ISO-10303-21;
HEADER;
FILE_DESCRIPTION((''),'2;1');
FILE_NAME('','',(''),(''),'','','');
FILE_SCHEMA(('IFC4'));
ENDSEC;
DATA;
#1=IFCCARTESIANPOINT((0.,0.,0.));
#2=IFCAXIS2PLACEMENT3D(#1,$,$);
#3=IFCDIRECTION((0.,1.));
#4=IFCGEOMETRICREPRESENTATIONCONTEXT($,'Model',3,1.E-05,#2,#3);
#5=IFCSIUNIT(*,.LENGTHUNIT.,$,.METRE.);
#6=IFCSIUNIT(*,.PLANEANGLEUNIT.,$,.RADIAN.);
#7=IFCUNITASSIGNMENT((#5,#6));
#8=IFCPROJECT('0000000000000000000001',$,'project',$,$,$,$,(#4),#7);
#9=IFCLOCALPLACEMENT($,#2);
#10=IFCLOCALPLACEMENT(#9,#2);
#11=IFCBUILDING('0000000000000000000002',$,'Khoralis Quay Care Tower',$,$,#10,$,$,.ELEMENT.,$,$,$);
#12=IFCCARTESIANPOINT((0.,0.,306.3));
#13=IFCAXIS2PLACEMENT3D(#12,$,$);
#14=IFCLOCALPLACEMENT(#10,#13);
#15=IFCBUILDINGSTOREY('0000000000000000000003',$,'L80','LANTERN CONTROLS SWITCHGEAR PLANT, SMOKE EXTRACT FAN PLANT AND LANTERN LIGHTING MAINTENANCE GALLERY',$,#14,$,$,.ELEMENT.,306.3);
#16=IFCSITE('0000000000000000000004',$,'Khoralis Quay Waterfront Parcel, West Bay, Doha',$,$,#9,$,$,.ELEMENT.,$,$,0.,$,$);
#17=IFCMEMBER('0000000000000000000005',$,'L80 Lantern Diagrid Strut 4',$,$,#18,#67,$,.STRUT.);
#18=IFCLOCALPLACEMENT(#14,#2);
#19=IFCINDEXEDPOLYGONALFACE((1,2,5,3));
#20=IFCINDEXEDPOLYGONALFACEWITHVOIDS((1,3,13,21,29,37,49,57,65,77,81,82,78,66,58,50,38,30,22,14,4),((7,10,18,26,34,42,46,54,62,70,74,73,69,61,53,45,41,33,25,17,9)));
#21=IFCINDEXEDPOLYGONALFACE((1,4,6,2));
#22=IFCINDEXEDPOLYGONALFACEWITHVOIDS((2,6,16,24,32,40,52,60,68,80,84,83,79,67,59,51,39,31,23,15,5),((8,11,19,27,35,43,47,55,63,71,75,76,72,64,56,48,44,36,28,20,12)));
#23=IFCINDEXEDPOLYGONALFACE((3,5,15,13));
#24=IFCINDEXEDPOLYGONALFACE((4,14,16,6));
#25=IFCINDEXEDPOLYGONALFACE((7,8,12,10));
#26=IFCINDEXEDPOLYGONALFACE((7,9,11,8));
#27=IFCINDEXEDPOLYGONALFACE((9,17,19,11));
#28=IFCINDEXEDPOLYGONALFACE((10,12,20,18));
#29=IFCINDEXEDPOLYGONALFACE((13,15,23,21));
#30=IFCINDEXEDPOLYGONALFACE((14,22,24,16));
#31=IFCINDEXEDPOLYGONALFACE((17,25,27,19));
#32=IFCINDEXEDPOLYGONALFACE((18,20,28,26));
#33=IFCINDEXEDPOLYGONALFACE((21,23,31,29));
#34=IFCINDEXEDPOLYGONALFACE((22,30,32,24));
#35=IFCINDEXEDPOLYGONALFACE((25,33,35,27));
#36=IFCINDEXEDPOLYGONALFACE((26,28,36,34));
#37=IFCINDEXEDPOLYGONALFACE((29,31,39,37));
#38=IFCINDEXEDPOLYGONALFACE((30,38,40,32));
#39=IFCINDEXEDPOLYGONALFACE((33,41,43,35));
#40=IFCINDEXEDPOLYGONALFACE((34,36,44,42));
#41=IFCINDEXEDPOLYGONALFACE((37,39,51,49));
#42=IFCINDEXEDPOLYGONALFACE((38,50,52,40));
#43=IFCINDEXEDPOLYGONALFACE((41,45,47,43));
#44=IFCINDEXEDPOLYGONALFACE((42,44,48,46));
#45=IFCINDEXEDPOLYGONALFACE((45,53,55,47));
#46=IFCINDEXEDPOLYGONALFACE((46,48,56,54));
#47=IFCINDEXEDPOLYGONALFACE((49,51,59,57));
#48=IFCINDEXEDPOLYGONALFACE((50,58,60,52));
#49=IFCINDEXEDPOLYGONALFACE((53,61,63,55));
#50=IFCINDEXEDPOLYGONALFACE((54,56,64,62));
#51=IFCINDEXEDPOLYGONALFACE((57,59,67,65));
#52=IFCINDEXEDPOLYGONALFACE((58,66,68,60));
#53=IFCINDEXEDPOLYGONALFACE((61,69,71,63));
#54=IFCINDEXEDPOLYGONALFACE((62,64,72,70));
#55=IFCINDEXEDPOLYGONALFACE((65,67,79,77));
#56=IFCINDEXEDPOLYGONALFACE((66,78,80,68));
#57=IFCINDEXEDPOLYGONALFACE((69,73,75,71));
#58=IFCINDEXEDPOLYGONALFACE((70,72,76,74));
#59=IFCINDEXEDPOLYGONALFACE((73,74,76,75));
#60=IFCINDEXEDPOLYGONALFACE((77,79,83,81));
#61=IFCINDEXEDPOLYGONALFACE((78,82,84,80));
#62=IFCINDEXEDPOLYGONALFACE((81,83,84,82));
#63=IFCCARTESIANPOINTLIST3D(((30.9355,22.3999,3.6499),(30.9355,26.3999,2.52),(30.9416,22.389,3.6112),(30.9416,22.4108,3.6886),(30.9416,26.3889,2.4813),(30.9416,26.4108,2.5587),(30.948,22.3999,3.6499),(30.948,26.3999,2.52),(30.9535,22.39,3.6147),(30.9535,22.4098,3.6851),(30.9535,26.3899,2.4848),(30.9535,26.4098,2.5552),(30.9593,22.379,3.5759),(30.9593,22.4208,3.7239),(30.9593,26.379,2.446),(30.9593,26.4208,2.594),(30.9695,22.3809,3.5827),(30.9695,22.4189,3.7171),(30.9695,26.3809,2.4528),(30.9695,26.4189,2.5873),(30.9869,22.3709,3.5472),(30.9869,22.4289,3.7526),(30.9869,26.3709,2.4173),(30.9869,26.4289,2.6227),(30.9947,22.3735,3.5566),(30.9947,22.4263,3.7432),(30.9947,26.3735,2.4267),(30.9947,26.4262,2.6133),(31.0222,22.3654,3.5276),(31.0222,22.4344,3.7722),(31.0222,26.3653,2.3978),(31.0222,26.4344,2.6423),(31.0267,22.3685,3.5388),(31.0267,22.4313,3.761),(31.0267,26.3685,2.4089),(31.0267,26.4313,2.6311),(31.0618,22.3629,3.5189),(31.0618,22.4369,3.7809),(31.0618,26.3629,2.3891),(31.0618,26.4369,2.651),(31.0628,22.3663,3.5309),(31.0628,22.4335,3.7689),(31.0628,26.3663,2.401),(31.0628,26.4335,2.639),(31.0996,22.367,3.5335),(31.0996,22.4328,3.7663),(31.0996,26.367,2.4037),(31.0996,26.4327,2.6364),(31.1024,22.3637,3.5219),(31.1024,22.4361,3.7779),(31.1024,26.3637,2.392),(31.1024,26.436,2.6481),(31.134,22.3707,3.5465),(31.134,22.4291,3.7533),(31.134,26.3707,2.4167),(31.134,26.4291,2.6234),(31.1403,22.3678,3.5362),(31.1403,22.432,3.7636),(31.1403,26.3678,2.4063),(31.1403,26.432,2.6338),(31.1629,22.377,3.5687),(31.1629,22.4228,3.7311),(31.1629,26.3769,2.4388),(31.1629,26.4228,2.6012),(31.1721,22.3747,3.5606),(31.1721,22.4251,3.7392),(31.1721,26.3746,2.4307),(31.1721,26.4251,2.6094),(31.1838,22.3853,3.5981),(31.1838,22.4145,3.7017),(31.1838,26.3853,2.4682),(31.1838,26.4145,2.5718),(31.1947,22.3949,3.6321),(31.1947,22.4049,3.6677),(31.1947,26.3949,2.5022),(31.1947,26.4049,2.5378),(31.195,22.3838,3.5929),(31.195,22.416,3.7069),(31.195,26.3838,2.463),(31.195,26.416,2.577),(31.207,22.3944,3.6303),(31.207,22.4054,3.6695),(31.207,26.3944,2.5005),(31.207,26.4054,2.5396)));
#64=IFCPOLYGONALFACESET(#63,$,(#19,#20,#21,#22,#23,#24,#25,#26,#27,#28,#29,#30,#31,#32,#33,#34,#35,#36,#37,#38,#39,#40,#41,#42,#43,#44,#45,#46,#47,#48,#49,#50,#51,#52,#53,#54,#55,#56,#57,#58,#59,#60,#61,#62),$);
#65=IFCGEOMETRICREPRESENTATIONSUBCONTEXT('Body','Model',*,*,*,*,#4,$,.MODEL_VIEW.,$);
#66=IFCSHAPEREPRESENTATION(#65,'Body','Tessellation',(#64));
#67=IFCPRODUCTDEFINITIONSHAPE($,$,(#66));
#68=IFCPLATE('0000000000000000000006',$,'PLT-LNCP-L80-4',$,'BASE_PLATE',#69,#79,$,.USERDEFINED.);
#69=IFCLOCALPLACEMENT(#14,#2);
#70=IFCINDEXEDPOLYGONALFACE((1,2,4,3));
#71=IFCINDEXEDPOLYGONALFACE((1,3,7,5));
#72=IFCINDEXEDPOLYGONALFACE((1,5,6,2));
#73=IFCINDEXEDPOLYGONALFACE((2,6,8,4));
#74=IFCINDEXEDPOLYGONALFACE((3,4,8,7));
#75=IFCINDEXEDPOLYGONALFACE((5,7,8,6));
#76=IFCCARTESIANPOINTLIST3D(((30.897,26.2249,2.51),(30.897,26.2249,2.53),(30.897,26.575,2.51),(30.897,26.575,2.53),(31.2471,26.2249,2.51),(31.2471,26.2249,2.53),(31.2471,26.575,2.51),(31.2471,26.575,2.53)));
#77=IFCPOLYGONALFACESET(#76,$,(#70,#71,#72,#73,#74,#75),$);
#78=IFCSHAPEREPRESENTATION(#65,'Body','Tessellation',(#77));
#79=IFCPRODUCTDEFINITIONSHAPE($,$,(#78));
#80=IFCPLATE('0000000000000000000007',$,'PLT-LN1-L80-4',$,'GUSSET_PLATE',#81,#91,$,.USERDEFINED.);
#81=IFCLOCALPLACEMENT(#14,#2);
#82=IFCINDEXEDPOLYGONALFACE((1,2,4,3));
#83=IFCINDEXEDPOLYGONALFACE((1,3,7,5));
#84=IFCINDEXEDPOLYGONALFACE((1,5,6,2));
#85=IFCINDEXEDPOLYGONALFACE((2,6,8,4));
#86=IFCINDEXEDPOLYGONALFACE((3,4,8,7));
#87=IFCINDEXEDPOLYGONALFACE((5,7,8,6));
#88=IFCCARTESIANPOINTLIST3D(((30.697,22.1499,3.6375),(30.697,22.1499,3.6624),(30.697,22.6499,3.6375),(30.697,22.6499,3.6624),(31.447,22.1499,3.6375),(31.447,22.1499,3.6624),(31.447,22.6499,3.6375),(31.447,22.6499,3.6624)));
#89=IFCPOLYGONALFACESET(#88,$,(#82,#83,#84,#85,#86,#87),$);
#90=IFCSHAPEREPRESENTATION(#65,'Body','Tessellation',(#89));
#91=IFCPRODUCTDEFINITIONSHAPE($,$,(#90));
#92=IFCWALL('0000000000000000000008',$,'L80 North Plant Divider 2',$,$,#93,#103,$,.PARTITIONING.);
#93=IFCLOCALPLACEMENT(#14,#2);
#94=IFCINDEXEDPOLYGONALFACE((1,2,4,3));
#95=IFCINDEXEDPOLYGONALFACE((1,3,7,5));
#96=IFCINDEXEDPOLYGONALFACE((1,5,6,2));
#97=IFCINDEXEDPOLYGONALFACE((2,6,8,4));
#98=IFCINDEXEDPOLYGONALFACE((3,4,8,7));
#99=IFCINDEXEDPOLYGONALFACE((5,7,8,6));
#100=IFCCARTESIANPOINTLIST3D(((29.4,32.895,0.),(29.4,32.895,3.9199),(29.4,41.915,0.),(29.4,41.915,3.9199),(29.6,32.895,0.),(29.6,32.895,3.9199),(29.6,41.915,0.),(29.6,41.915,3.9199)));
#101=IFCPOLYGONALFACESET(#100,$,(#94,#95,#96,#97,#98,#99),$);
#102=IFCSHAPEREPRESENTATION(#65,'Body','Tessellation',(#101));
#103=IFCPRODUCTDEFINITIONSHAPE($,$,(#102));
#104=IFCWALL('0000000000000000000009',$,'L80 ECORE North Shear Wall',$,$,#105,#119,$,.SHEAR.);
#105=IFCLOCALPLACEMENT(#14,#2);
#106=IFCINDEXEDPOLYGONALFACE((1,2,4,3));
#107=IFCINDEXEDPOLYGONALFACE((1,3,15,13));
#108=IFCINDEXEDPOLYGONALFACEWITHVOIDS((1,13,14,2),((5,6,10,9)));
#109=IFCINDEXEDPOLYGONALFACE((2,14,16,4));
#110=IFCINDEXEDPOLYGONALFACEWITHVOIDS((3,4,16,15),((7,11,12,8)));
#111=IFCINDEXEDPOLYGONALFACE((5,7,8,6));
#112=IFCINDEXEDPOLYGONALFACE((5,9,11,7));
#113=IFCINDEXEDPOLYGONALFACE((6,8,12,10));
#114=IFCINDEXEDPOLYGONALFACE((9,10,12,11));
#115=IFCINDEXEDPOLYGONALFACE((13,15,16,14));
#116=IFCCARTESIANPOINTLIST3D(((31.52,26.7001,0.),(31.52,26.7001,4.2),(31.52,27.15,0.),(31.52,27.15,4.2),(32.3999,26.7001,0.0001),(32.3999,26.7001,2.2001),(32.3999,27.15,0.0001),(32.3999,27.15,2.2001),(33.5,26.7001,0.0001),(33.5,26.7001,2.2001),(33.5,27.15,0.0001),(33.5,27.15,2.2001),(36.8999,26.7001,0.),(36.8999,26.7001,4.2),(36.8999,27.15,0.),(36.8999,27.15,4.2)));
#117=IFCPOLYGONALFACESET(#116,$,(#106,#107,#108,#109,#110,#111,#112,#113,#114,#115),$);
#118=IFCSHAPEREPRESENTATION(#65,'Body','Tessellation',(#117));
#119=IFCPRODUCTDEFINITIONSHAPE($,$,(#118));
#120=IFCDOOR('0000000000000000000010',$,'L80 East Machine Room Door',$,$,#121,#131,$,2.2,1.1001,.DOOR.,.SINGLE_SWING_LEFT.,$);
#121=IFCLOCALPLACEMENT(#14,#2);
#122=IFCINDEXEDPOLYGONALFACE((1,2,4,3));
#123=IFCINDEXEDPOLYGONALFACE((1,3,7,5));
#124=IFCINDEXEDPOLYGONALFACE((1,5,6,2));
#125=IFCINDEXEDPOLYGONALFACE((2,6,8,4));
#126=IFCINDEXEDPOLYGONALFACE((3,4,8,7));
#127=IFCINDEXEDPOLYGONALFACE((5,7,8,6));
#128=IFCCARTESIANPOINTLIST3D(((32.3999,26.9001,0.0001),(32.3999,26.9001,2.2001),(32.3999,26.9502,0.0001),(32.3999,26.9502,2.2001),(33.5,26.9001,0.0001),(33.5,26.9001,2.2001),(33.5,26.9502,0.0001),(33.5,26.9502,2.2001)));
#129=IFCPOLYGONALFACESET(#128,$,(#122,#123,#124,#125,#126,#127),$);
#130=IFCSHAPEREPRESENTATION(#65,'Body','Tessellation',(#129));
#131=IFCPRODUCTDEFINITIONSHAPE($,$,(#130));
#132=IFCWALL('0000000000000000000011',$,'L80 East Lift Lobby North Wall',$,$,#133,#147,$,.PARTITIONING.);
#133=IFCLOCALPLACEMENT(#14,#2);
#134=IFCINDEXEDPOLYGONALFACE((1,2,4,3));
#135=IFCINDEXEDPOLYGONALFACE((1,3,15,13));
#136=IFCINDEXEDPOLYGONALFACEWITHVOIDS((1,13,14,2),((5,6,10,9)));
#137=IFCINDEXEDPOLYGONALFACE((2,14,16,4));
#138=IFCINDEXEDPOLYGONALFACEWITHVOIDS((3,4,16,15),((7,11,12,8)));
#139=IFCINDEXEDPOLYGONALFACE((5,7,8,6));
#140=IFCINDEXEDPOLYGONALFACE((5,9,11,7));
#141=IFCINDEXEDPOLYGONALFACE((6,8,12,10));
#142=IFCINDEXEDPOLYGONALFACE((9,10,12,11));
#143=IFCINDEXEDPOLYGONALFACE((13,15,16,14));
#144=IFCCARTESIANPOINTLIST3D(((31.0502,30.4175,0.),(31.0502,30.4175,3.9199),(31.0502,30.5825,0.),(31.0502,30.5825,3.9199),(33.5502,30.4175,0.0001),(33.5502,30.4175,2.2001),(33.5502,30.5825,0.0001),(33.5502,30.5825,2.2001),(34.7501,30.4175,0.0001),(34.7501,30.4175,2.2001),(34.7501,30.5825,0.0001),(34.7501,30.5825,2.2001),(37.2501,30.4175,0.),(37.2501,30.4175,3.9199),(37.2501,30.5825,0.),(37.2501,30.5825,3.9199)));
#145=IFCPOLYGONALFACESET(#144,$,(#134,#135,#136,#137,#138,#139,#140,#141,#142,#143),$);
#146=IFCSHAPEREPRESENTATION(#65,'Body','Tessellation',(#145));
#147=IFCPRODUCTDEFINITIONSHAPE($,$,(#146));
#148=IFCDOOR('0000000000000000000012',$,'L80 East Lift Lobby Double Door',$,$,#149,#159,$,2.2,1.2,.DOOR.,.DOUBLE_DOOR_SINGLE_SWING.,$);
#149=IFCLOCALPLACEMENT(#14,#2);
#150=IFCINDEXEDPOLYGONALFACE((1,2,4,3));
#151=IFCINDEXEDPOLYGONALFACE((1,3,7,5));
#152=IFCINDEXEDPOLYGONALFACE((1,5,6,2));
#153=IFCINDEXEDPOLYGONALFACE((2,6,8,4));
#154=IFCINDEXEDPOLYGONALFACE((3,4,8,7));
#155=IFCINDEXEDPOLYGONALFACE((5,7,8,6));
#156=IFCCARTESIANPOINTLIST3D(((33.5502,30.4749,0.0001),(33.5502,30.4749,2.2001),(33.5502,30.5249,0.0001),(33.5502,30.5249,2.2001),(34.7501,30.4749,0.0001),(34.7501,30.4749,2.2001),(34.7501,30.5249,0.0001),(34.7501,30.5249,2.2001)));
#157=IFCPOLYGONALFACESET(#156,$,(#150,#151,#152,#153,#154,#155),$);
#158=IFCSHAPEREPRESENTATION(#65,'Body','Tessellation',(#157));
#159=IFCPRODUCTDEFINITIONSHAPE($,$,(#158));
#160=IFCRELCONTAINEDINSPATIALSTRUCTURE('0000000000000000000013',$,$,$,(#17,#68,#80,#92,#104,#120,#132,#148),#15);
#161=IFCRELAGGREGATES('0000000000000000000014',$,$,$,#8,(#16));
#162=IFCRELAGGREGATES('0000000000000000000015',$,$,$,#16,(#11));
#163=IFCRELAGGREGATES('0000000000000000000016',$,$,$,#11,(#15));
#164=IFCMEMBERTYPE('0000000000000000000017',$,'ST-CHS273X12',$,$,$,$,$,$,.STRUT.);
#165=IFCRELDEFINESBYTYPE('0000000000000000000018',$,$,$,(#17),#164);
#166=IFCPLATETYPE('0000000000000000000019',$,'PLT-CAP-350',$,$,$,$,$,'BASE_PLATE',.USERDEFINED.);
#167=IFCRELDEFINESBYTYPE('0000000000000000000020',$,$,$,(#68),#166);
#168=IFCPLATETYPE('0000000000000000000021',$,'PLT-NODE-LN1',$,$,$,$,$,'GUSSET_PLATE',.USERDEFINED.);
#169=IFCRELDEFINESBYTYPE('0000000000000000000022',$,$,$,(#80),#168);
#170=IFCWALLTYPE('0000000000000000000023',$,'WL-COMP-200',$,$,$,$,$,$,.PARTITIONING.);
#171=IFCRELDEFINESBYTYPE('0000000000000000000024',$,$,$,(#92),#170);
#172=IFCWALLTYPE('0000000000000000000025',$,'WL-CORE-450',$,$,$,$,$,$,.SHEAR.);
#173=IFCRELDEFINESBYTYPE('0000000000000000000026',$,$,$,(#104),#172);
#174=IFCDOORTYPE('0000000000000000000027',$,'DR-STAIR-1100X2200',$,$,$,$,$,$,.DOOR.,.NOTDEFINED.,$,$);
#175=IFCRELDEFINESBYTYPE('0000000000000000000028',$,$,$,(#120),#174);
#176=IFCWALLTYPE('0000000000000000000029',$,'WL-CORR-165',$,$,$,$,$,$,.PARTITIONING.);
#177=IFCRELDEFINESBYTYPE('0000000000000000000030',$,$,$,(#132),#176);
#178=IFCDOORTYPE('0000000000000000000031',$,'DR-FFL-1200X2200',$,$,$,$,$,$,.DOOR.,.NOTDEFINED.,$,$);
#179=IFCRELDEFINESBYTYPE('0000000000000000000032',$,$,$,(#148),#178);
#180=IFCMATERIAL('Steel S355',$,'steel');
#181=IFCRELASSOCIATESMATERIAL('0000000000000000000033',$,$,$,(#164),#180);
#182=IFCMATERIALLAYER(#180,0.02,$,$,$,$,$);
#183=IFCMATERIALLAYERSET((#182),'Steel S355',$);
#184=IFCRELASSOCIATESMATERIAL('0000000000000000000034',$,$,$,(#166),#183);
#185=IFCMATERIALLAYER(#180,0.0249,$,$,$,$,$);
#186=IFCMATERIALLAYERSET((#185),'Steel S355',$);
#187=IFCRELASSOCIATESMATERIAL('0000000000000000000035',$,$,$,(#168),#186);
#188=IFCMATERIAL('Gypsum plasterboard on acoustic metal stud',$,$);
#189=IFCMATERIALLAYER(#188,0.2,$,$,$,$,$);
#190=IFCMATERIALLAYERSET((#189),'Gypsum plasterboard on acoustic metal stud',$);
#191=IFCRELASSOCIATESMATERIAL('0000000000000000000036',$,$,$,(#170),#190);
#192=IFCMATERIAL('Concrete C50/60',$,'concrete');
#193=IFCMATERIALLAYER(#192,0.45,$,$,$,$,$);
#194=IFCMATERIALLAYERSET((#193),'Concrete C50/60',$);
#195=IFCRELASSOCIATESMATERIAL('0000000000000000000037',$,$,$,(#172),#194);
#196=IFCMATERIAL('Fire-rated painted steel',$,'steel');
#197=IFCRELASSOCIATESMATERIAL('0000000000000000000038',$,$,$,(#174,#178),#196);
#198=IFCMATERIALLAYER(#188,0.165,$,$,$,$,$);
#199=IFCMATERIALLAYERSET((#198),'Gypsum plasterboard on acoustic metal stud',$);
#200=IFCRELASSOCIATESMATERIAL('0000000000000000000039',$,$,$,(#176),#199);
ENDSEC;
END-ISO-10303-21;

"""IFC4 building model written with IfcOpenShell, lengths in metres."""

from ifc_helpers import new_model, si_unit, direction, frame, frame_2d, origin, origin_2d, place, context, subcontext, project, spatial, rectangle, hollow_circle, extrude, source, transform, mapped, material, layer, layer_set, material_profile, profile_set, type_object, element, fill, save


model = new_model("IFC4")

# Units and contexts
model_context = context("Model", 3, precision=1e-05, world=origin(), true_north=direction((0.0, 1.0)))
body_context = subcontext(model_context, "Body", "Model", "MODEL_VIEW")
ifc_project = project(units=[si_unit("LENGTHUNIT", "METRE"), si_unit("PLANEANGLEUNIT", "RADIAN")], contexts=[model_context])

# Site, building, storey
site_placement = place(None, origin())
site = spatial("IfcSite", under=ifc_project, at=site_placement, Name="Khoralis Quay Waterfront Parcel, West Bay, Doha", CompositionType="ELEMENT", RefElevation=0.0)
building_placement = place(site_placement, origin())
building = spatial("IfcBuilding", under=site, at=building_placement, Name="Khoralis Quay Care Tower", CompositionType="ELEMENT")
storey_placement = place(building_placement, frame((0.0, 0.0, 306.3)))
storey = spatial("IfcBuildingStorey", under=building, at=storey_placement, Name="L80", Description="LANTERN CONTROLS SWITCHGEAR PLANT, SMOKE EXTRACT FAN PLANT AND LANTERN LIGHTING MAINTENANCE GALLERY", CompositionType="ELEMENT", Elevation=306.3)

# Shared definitions
ifc_material_1 = material(Name="Concrete C50/60", Category="concrete")
ifc_material_2 = material(Name="Steel S355", Category="steel")

# Member
ifc_material_profile_1 = material_profile(ifc_material_2, hollow_circle(Radius=0.1365, WallThickness=0.0125, at=origin_2d()), Name="Steel S355")
ifc_profile_set_1 = profile_set([ifc_material_profile_1], Name="Steel S355")
member_type = type_object("IfcMemberType", Name="ST-CHS273X12", PredefinedType="STRUT", material=ifc_profile_set_1)
shared_shape_1 = source(origin(), body_context, "Body", "SweptSolid", [
    extrude(hollow_circle(Radius=0.1365, WallThickness=0.0125, at=origin_2d()), origin(), (0.0, 0.0, 1.0), 4.1565),
])
member_placement = place(storey_placement, frame((31.072, 22.3999, 3.6499), z_axis=(0.0, 0.962344, -0.271834), x_axis=(-1.0, 0.0, 0.0)))
element("IfcMember", 1, at=member_placement, inside=storey, type_object=member_type, Name="L80 Lantern Diagrid Strut 4", PredefinedType="STRUT", context=body_context, shape_type="MappedRepresentation", body=[
    mapped(shared_shape_1, transform((0.0, 0.0, 0.0), scale=1.0)),
])

# Plates
ifc_layer_1 = layer(ifc_material_2, 0.02)
ifc_layer_set_1 = layer_set([ifc_layer_1], Name="Steel S355")
plate_type_1 = type_object("IfcPlateType", Name="PLT-CAP-350", ElementType="BASE_PLATE", PredefinedType="USERDEFINED", material=ifc_layer_set_1)
shared_shape_2 = source(origin(), body_context, "Body", "SweptSolid", [
    extrude(rectangle(XDim=0.3501, YDim=0.3501, at=origin_2d()), origin(), (0.0, 0.0, 1.0), 0.02),
])
plate_1_placement = place(storey_placement, frame((31.072, 26.3999, 2.51), z_axis=(0.0, 0.0, 1.0), x_axis=(1.0, 0.0, 0.0)))
element("IfcPlate", 2, at=plate_1_placement, inside=storey, type_object=plate_type_1, Name="PLT-LNCP-L80-4", ObjectType="BASE_PLATE", PredefinedType="USERDEFINED", context=body_context, shape_type="MappedRepresentation", body=[
    mapped(shared_shape_2, transform((0.0, 0.0, 0.0), scale=1.0)),
])
ifc_layer_2 = layer(ifc_material_2, 0.0249)
ifc_layer_set_2 = layer_set([ifc_layer_2], Name="Steel S355")
plate_type_2 = type_object("IfcPlateType", Name="PLT-NODE-LN1", ElementType="GUSSET_PLATE", PredefinedType="USERDEFINED", material=ifc_layer_set_2)
shared_shape_3 = source(origin(), body_context, "Body", "SweptSolid", [
    extrude(rectangle(XDim=0.75, YDim=0.5, at=origin_2d()), origin(), (0.0, 0.0, 1.0), 0.0249),
])
plate_2_placement = place(storey_placement, frame((31.072, 22.3999, 3.6375), z_axis=(0.0, 0.0, 1.0), x_axis=(1.0, 0.0, 0.0)))
element("IfcPlate", 3, at=plate_2_placement, inside=storey, type_object=plate_type_2, Name="PLT-LN1-L80-4", ObjectType="GUSSET_PLATE", PredefinedType="USERDEFINED", context=body_context, shape_type="MappedRepresentation", body=[
    mapped(shared_shape_3, transform((0.0, 0.0, 0.0), scale=1.0)),
])

# Wall
ifc_material_3 = material(Name="Gypsum plasterboard on acoustic metal stud")
ifc_layer_3 = layer(ifc_material_3, 0.2)
ifc_layer_set_3 = layer_set([ifc_layer_3], Name="Gypsum plasterboard on acoustic metal stud")
wall_type_1 = type_object("IfcWallType", Name="WL-COMP-200", PredefinedType="PARTITIONING", material=ifc_layer_set_3)
wall_1_placement = place(storey_placement, frame((29.5, 32.895, 0.0), z_axis=(0.0, 0.0, 1.0), x_axis=(0.0, 1.0, 0.0)))
element("IfcWall", 4, at=wall_1_placement, inside=storey, type_object=wall_type_1, Name="L80 North Plant Divider 2", PredefinedType="PARTITIONING", context=body_context, shape_type="SweptSolid", body=[
    extrude(rectangle(XDim=9.02, YDim=0.2, at=frame_2d((4.51, 0.0))), origin(), (0.0, 0.0, 1.0), 3.9199),
])

# Walls, openings, doors
ifc_layer_4 = layer(ifc_material_1, 0.45)
ifc_layer_set_4 = layer_set([ifc_layer_4], Name="Concrete C50/60")
wall_type_2 = type_object("IfcWallType", Name="WL-CORE-450", PredefinedType="SHEAR", material=ifc_layer_set_4)
wall_2_placement = place(storey_placement, frame((31.52, 26.925, 0.0), z_axis=(0.0, 0.0, 1.0), x_axis=(1.0, 0.0, 0.0)))
wall_2 = element("IfcWall", 5, at=wall_2_placement, inside=storey, type_object=wall_type_2, Name="L80 ECORE North Shear Wall", PredefinedType="SHEAR", context=body_context, shape_type="SweptSolid", body=[
    extrude(rectangle(XDim=5.3799, YDim=0.45, at=frame_2d((2.6899, 0.0))), origin(), (0.0, 0.0, 1.0), 4.2),
])
opening_1_placement = place(wall_2_placement, frame((0.8799, 0.0, 0.0)))
opening_1 = element("IfcOpeningElement", 6, at=opening_1_placement, cuts=wall_2, PredefinedType="OPENING", context=body_context, shape_type="SweptSolid", body=[
    extrude(rectangle(XDim=1.1001, YDim=2.2, at=frame_2d((0.55, 1.1001))), frame((0.0, 0.2349, 0.0), z_axis=(0.0, -1.0, 0.0), x_axis=(1.0, 0.0, 0.0)), (0.0, 0.0, 1.0), 0.47),
])
ifc_material_4 = material(Name="Fire-rated painted steel", Category="steel")
door_type_1 = type_object("IfcDoorType", Name="DR-STAIR-1100X2200", OperationType="NOTDEFINED", PredefinedType="DOOR", material=ifc_material_4)
shared_shape_4 = source(origin(), body_context, "Body", "SweptSolid", [
    extrude(rectangle(XDim=1.1001, YDim=2.2, at=frame_2d((0.55, 1.1001))), frame((0.0, 0.0249, 0.0), z_axis=(0.0, -1.0, 0.0), x_axis=(1.0, 0.0, 0.0)), (0.0, 0.0, 1.0), 0.05),
])
door_1_placement = place(opening_1_placement, frame((1.1001, 0.0, 0.0), z_axis=(0.0, 0.0, 1.0), x_axis=(-1.0, 0.0, 0.0)))
door_1 = element("IfcDoor", 7, at=door_1_placement, inside=storey, type_object=door_type_1, Name="L80 East Machine Room Door", OperationType="SINGLE_SWING_LEFT", OverallHeight=2.2, OverallWidth=1.1001, PredefinedType="DOOR", context=body_context, shape_type="MappedRepresentation", body=[
    mapped(shared_shape_4, transform((0.0, 0.0, 0.0), scale=1.0)),
])
fill(opening_1, door_1)
ifc_layer_5 = layer(ifc_material_3, 0.165)
ifc_layer_set_5 = layer_set([ifc_layer_5], Name="Gypsum plasterboard on acoustic metal stud")
wall_type_3 = type_object("IfcWallType", Name="WL-CORR-165", PredefinedType="PARTITIONING", material=ifc_layer_set_5)
wall_3_placement = place(storey_placement, frame((31.05, 30.5, 0.0), z_axis=(0.0, 0.0, 1.0), x_axis=(1.0, 0.0, 0.0)))
wall_3 = element("IfcWall", 8, at=wall_3_placement, inside=storey, type_object=wall_type_3, Name="L80 East Lift Lobby North Wall", PredefinedType="PARTITIONING", context=body_context, shape_type="SweptSolid", body=[
    extrude(rectangle(XDim=6.2, YDim=0.165, at=frame_2d((3.1001, 0.0))), origin(), (0.0, 0.0, 1.0), 3.9199),
])
opening_2_placement = place(wall_3_placement, frame((2.5, 0.0, 0.0)))
opening_2 = element("IfcOpeningElement", 9, at=opening_2_placement, cuts=wall_3, PredefinedType="OPENING", context=body_context, shape_type="SweptSolid", body=[
    extrude(rectangle(XDim=1.2, YDim=2.2, at=frame_2d((0.6001, 1.1001))), frame((0.0, 0.0925, 0.0), z_axis=(0.0, -1.0, 0.0), x_axis=(1.0, 0.0, 0.0)), (0.0, 0.0, 1.0), 0.1851),
])
door_type_2 = type_object("IfcDoorType", Name="DR-FFL-1200X2200", OperationType="NOTDEFINED", PredefinedType="DOOR", material=ifc_material_4)
shared_shape_5 = source(origin(), body_context, "Body", "SweptSolid", [
    extrude(rectangle(XDim=1.2, YDim=2.2, at=frame_2d((0.6001, 1.1001))), frame((0.0, 0.0249, 0.0), z_axis=(0.0, -1.0, 0.0), x_axis=(1.0, 0.0, 0.0)), (0.0, 0.0, 1.0), 0.05),
])
door_2_placement = place(opening_2_placement, origin())
door_2 = element("IfcDoor", 10, at=door_2_placement, inside=storey, type_object=door_type_2, Name="L80 East Lift Lobby Double Door", OperationType="DOUBLE_DOOR_SINGLE_SWING", OverallHeight=2.2, OverallWidth=1.2, PredefinedType="DOOR", context=body_context, shape_type="MappedRepresentation", body=[
    mapped(shared_shape_5, transform((0.0, 0.0, 0.0), scale=1.0)),
])
fill(opening_2, door_2)

save(model, "model.ifc")
